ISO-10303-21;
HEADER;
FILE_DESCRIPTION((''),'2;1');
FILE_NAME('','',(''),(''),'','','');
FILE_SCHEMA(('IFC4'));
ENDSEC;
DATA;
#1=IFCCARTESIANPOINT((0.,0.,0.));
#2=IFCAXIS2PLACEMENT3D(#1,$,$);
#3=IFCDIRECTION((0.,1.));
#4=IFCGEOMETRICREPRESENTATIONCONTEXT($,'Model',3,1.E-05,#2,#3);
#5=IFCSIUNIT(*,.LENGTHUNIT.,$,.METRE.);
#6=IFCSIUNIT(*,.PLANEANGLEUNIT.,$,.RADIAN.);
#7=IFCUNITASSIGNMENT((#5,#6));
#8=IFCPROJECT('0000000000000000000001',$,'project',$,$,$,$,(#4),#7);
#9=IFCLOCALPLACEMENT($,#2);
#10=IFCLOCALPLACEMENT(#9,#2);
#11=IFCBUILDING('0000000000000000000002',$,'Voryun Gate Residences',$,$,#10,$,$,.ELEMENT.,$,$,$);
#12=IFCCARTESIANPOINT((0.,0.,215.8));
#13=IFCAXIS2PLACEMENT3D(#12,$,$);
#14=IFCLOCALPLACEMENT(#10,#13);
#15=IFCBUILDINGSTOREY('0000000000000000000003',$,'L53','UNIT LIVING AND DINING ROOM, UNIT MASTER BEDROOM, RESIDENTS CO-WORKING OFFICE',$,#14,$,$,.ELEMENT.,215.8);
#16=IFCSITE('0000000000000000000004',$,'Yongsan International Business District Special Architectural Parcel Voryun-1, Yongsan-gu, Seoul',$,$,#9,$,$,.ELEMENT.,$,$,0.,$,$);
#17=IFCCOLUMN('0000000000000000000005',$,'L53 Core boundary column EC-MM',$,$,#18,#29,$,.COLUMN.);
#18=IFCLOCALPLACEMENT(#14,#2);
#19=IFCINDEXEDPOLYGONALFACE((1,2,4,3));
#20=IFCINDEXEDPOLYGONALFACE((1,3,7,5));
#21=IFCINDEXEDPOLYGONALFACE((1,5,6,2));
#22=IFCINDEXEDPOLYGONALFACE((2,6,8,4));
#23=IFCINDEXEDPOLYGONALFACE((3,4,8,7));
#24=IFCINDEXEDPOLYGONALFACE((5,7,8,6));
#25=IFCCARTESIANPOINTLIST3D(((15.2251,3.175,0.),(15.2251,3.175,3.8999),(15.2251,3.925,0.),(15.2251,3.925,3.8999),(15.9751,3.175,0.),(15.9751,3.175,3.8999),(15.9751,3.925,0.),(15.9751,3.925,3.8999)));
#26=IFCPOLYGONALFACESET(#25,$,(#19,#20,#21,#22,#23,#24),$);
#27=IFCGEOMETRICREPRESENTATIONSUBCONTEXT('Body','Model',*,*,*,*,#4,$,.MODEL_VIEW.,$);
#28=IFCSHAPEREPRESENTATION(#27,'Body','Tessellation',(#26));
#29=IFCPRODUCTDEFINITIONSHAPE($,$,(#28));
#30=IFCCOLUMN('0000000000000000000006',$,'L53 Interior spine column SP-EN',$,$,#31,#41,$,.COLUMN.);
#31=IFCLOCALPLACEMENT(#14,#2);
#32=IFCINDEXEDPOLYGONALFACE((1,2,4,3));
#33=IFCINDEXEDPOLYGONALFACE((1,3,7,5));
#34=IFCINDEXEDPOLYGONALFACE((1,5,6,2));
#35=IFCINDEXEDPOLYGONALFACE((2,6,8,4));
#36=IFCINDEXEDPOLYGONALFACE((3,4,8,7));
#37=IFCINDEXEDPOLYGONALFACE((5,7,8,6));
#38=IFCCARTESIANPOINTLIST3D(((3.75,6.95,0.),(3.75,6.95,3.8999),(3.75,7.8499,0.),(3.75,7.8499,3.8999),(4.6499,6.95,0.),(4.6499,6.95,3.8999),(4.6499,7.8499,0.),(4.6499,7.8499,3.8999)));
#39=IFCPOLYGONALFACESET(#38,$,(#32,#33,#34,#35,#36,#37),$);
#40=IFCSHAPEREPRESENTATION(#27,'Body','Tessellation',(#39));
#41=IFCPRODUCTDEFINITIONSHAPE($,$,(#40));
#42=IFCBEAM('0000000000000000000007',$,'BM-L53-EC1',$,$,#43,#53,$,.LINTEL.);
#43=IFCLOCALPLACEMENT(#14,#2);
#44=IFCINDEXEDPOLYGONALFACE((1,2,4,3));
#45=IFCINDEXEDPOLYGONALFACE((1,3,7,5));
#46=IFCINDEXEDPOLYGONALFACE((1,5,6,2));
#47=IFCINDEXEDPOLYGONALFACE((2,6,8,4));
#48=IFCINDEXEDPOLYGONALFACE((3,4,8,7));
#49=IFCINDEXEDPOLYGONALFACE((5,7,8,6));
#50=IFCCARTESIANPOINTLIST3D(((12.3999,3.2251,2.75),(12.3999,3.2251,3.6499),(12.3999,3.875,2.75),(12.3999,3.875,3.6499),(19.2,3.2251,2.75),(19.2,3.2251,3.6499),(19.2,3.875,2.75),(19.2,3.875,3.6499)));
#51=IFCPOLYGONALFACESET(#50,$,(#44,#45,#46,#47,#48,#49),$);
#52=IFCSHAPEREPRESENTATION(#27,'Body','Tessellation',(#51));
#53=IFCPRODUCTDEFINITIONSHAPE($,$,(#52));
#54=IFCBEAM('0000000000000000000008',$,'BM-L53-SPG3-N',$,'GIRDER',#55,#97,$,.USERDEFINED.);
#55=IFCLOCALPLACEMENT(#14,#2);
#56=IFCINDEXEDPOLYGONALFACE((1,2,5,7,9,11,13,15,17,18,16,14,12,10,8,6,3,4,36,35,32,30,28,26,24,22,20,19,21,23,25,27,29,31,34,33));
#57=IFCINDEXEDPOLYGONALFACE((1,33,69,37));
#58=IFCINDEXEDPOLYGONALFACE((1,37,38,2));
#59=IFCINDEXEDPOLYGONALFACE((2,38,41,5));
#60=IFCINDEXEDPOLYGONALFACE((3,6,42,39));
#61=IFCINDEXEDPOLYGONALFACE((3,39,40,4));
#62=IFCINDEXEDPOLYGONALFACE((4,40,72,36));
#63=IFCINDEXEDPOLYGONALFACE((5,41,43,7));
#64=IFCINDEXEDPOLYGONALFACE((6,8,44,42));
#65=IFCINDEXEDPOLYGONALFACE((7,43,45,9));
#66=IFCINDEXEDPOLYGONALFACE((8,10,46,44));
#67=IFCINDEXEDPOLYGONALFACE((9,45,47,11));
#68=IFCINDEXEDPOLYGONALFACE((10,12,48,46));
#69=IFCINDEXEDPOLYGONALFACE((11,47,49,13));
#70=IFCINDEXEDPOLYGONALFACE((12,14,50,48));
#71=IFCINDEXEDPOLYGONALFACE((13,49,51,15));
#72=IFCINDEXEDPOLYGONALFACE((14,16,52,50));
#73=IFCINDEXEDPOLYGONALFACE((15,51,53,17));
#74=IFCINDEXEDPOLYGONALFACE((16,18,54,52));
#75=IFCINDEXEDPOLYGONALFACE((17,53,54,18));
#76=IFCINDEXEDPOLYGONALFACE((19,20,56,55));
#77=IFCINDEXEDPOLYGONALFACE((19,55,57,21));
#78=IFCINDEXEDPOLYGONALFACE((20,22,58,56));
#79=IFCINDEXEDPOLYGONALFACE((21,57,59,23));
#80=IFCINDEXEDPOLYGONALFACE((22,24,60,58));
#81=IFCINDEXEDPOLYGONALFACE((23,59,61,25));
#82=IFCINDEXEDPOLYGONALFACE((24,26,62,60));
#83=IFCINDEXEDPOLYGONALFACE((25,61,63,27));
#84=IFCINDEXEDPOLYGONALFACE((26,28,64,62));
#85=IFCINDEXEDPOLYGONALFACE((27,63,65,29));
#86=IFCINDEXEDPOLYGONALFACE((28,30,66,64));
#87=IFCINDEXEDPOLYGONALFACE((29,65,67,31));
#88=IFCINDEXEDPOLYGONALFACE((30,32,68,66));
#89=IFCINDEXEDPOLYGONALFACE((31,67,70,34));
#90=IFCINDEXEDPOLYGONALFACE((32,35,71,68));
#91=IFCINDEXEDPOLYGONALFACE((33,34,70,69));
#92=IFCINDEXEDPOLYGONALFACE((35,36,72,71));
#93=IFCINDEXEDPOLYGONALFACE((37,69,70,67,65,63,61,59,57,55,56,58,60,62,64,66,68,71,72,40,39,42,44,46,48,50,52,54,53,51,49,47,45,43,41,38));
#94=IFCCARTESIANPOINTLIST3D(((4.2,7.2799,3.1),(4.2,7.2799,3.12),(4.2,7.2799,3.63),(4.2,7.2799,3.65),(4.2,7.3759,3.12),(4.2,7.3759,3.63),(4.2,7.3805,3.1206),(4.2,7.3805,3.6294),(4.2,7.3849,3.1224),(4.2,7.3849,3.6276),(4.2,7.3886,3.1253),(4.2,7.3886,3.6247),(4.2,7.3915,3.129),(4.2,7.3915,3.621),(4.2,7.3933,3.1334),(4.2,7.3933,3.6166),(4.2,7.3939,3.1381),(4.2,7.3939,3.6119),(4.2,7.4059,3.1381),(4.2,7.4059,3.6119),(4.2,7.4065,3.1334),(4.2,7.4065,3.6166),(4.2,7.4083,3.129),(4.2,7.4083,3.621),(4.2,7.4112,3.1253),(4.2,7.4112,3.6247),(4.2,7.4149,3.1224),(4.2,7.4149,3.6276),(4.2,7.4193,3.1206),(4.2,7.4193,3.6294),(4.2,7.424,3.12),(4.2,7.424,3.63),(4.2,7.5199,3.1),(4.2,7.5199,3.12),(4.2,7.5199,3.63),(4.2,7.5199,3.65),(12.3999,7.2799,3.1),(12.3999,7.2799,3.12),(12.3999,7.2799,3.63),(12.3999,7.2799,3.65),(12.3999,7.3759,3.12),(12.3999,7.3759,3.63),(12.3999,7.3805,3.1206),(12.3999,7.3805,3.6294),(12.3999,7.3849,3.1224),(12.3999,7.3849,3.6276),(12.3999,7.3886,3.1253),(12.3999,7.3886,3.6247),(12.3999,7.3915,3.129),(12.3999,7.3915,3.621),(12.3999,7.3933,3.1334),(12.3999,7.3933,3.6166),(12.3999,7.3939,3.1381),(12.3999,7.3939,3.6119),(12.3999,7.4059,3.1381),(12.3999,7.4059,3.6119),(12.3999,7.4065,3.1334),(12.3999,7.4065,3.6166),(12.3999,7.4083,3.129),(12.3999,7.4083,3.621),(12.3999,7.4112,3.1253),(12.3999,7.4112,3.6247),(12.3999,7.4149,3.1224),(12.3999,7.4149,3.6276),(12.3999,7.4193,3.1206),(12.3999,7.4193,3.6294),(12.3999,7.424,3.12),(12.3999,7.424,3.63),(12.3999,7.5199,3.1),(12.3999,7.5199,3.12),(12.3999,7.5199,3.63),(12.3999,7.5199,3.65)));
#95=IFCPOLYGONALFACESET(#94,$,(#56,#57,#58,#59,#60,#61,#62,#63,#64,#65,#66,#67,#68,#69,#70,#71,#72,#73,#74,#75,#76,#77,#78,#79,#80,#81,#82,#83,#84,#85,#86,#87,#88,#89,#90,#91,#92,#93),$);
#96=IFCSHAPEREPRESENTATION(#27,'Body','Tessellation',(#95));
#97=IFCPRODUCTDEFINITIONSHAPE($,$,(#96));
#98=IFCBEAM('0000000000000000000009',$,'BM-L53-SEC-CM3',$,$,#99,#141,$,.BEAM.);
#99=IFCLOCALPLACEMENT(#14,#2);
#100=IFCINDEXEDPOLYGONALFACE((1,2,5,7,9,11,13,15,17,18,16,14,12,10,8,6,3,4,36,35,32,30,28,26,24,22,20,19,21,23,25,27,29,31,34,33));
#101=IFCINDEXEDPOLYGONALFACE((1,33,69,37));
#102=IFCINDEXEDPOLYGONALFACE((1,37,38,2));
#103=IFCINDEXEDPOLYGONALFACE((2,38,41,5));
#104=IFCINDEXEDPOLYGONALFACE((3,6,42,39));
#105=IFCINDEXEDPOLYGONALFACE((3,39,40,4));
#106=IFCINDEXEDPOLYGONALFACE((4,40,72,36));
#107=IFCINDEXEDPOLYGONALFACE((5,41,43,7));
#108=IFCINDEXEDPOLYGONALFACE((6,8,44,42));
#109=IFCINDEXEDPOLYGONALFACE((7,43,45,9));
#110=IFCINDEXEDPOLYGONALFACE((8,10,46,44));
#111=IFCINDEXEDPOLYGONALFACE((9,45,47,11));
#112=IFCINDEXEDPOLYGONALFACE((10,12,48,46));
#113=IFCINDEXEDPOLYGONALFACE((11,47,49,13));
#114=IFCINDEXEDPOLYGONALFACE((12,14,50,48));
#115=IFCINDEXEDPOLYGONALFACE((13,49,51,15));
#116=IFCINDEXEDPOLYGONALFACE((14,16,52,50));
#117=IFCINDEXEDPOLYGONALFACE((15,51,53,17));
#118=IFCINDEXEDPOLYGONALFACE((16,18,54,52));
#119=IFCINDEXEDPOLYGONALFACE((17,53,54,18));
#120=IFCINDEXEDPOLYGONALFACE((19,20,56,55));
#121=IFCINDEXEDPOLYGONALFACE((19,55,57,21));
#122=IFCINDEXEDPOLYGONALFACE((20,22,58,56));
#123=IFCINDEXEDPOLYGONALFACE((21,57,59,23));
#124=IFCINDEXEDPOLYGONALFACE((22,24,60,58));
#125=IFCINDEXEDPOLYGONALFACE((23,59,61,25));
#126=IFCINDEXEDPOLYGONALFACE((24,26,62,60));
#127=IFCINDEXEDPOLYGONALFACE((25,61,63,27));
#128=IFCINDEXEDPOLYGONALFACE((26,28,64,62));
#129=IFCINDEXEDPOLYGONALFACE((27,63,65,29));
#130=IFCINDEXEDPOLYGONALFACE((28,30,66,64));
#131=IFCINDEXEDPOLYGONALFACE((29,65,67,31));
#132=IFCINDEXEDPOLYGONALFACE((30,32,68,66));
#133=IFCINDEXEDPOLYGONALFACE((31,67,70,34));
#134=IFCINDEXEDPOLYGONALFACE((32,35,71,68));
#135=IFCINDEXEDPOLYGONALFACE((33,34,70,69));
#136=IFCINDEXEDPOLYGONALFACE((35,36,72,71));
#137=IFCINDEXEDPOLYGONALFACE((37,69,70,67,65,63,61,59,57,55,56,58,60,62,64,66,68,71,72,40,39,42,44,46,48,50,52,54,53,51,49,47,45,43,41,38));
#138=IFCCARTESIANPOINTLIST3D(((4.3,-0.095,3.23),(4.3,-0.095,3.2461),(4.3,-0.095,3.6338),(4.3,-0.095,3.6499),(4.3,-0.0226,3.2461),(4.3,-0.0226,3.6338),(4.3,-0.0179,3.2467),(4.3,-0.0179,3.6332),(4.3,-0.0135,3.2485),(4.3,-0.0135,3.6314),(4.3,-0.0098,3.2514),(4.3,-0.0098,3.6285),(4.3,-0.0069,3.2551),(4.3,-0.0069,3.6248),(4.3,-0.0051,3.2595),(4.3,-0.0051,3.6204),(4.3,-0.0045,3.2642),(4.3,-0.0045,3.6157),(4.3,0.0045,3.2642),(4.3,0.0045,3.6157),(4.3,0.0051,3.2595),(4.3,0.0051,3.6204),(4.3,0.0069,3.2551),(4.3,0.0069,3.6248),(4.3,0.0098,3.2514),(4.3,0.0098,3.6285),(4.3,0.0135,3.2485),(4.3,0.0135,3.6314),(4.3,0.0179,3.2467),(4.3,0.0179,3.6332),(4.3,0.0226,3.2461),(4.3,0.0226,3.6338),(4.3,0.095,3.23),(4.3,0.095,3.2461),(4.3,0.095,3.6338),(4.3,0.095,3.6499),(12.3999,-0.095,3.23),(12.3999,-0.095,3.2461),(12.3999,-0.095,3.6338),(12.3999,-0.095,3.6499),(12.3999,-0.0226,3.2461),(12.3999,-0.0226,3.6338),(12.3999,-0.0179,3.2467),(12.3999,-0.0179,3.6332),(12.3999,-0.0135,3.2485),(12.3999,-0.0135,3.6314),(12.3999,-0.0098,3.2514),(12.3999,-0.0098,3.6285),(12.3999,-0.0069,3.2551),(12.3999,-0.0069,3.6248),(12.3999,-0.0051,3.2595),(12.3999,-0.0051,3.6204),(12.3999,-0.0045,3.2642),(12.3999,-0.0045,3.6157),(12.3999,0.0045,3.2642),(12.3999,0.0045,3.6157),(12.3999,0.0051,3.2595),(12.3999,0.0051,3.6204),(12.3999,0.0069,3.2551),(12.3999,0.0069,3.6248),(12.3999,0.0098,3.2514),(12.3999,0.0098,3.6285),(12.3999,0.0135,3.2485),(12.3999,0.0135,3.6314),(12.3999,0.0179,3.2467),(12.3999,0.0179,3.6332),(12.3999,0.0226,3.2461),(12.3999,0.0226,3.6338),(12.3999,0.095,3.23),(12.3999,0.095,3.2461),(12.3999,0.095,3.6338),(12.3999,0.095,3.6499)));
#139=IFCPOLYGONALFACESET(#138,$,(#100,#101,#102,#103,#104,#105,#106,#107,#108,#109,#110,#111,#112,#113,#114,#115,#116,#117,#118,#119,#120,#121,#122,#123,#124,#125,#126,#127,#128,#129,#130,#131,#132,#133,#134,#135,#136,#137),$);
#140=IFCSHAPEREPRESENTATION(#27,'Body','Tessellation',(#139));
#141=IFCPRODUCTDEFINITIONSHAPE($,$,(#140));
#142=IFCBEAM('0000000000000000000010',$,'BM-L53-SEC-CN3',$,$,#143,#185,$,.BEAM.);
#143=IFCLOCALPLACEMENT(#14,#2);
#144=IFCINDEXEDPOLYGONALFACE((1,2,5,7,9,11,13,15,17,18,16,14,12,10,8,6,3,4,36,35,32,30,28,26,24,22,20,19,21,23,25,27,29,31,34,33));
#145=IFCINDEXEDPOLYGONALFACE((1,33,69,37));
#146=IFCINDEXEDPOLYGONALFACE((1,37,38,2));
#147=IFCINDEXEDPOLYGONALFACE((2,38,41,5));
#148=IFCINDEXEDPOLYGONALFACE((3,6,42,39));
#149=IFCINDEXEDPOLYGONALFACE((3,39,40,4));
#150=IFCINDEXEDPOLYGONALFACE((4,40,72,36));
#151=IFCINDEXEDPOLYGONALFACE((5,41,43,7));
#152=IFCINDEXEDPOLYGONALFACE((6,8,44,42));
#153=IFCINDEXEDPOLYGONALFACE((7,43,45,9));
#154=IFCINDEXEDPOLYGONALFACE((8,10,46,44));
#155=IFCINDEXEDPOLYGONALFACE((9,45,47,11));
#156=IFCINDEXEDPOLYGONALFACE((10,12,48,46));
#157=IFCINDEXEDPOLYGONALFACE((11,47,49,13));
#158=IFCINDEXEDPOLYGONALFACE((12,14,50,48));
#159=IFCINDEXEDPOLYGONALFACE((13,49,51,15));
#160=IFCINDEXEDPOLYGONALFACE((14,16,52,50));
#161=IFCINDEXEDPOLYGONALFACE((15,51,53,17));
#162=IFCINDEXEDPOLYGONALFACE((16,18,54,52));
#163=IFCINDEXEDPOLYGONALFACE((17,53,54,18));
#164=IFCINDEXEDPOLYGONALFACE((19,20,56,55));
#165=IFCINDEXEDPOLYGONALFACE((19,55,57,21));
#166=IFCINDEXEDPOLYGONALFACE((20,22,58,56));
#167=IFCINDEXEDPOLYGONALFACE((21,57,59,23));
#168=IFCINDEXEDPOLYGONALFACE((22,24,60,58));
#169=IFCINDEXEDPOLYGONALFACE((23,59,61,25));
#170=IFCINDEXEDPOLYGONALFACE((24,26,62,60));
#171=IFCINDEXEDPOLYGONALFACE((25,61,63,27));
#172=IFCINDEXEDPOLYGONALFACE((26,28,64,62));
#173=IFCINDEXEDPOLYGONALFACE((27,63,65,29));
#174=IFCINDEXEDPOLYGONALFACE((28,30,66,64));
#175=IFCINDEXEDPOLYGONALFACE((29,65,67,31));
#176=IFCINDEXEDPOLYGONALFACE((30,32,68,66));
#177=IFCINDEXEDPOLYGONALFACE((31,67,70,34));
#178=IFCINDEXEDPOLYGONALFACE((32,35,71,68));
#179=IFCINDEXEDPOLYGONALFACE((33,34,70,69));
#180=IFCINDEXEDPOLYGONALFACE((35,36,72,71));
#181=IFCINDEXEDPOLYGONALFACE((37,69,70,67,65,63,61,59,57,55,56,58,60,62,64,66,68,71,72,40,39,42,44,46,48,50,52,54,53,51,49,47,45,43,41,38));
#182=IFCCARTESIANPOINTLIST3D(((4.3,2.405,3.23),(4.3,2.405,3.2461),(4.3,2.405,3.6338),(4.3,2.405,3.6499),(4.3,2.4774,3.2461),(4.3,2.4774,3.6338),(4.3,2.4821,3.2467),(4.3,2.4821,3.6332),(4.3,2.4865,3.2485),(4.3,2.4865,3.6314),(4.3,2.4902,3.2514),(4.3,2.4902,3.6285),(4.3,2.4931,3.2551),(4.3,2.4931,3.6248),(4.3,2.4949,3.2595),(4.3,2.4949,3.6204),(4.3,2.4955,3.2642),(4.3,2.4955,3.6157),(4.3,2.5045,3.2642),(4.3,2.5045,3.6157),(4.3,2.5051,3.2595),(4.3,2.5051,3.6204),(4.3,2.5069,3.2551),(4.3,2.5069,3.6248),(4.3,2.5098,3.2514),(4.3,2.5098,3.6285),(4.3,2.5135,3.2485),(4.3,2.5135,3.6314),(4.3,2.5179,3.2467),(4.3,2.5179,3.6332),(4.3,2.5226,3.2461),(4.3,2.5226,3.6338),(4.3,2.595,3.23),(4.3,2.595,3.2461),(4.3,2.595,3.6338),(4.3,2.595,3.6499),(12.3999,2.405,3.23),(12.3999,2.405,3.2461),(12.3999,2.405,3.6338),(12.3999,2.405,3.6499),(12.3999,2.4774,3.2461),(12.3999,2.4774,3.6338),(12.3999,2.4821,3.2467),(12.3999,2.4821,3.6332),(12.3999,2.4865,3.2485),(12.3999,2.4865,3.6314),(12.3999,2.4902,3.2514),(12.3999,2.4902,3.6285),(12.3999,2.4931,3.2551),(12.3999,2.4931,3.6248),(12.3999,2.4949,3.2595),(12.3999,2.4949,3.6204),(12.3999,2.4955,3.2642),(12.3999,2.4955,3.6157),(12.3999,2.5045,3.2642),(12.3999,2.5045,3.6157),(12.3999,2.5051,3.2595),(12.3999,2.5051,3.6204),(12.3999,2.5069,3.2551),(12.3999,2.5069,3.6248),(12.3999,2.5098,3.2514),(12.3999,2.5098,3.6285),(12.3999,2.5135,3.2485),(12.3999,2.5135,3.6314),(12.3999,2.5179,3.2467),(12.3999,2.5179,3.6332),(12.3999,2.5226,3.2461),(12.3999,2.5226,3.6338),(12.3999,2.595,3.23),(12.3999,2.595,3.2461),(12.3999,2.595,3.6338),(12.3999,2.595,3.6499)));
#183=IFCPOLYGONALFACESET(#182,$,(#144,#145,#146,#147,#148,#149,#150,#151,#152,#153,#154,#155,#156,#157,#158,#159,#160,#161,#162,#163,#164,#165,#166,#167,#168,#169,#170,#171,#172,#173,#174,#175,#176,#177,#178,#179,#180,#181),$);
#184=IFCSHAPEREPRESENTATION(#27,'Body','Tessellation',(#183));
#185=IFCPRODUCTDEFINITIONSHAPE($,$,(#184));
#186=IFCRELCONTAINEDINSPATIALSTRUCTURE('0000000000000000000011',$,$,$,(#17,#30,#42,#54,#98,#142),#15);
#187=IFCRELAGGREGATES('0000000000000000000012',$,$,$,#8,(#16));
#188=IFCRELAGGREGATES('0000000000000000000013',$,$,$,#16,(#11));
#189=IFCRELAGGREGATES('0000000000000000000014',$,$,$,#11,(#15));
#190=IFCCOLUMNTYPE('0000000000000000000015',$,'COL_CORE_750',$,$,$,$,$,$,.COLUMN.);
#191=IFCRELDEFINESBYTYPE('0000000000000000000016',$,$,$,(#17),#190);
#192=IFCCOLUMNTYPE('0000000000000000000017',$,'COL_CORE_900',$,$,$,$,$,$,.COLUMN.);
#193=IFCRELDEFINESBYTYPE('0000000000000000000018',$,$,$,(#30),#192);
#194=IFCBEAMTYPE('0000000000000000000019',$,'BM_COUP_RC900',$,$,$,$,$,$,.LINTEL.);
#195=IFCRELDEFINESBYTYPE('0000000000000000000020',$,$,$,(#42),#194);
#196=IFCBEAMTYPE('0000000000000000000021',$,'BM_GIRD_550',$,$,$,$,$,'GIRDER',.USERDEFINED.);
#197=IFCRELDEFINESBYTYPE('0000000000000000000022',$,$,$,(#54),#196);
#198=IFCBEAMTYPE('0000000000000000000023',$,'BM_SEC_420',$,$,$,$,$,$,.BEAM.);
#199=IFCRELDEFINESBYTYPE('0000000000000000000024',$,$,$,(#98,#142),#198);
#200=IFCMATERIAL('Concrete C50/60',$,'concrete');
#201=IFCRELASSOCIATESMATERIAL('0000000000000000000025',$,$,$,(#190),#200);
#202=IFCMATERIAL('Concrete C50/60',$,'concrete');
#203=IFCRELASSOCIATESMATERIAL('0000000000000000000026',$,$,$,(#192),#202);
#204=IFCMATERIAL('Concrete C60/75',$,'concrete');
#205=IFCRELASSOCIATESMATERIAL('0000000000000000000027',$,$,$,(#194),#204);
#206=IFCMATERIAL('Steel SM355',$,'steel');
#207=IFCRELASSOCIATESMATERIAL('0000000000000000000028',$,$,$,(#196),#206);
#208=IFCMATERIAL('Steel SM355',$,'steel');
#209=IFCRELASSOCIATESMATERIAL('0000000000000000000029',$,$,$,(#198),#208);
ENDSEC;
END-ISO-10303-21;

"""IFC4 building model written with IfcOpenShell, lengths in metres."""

from ifc_helpers import new_model, si_unit, direction, frame, origin, origin_2d, place, context, subcontext, project, spatial, rectangle, i_section, extrude, material, material_profile, profile_set, type_object, element, save


model = new_model("IFC4")

# Units and contexts
model_context = context("Model", 3, precision=1e-05, world=origin(), true_north=direction((0.0, 1.0)))
body_context = subcontext(model_context, "Body", "Model", "MODEL_VIEW")
ifc_project = project(units=[si_unit("LENGTHUNIT", "METRE"), si_unit("PLANEANGLEUNIT", "RADIAN")], contexts=[model_context])

# Site, building, storey
site_placement = place(None, origin())
site = spatial("IfcSite", under=ifc_project, at=site_placement, Name="Yongsan International Business District Special Architectural Parcel Voryun-1, Yongsan-gu, Seoul", CompositionType="ELEMENT", RefElevation=0.0)
building_placement = place(site_placement, origin())
building = spatial("IfcBuilding", under=site, at=building_placement, Name="Voryun Gate Residences", CompositionType="ELEMENT")
storey_placement = place(building_placement, frame((0.0, 0.0, 215.8)))
storey = spatial("IfcBuildingStorey", under=building, at=storey_placement, Name="L53", Description="UNIT LIVING AND DINING ROOM, UNIT MASTER BEDROOM, RESIDENTS CO-WORKING OFFICE", CompositionType="ELEMENT", Elevation=215.8)

# Columns
ifc_material_1 = material(Name="Concrete C50/60", Category="concrete")
ifc_material_profile_1 = material_profile(ifc_material_1, rectangle(XDim=0.75, YDim=0.75, at=origin_2d()), Name="RC-750x750")
ifc_profile_set_1 = profile_set([ifc_material_profile_1], Name="Concrete C50/60")
column_type_1 = type_object("IfcColumnType", Name="COL_CORE_750", PredefinedType="COLUMN", material=ifc_profile_set_1)
column_1_placement = place(storey_placement, frame((15.6001, 3.55, 0.0), z_axis=(0.0, 0.0, 1.0), x_axis=(1.0, 0.0, 0.0)))
element("IfcColumn", 1, at=column_1_placement, inside=storey, type_object=column_type_1, Name="L53 Core boundary column EC-MM", PredefinedType="COLUMN", context=body_context, shape_type="SweptSolid", body=[
    extrude(rectangle(XDim=0.75, YDim=0.75, at=origin_2d()), origin(), (0.0, 0.0, 1.0), 3.8999),
])
ifc_material_2 = material(Name="Concrete C50/60", Category="concrete")
ifc_material_profile_2 = material_profile(ifc_material_2, rectangle(XDim=0.8999, YDim=0.8999, at=origin_2d()), Name="RC-900x900")
ifc_profile_set_2 = profile_set([ifc_material_profile_2], Name="Concrete C50/60")
column_type_2 = type_object("IfcColumnType", Name="COL_CORE_900", PredefinedType="COLUMN", material=ifc_profile_set_2)
column_2_placement = place(storey_placement, frame((4.2, 7.3999, 0.0), z_axis=(0.0, 0.0, 1.0), x_axis=(1.0, 0.0, 0.0)))
element("IfcColumn", 2, at=column_2_placement, inside=storey, type_object=column_type_2, Name="L53 Interior spine column SP-EN", PredefinedType="COLUMN", context=body_context, shape_type="SweptSolid", body=[
    extrude(rectangle(XDim=0.8999, YDim=0.8999, at=origin_2d()), origin(), (0.0, 0.0, 1.0), 3.8999),
])

# Beams
ifc_material_3 = material(Name="Concrete C60/75", Category="concrete")
ifc_material_profile_3 = material_profile(ifc_material_3, rectangle(XDim=0.6499, YDim=0.8999, at=origin_2d()), Name="RC-650x900")
ifc_profile_set_3 = profile_set([ifc_material_profile_3], Name="Concrete C60/75")
beam_type_1 = type_object("IfcBeamType", Name="BM_COUP_RC900", PredefinedType="LINTEL", material=ifc_profile_set_3)
beam_1_placement = place(storey_placement, frame((12.3999, 3.55, 3.2), z_axis=(1.0, 0.0, 0.0), x_axis=(0.0, 1.0, 0.0)))
element("IfcBeam", 3, at=beam_1_placement, inside=storey, type_object=beam_type_1, Name="BM-L53-EC1", PredefinedType="LINTEL", context=body_context, shape_type="SweptSolid", body=[
    extrude(rectangle(XDim=0.6499, YDim=0.8999, at=origin_2d()), origin(), (0.0, 0.0, 1.0), 6.8),
])
ifc_material_4 = material(Name="Steel SM355", Category="steel")
ifc_material_profile_4 = material_profile(ifc_material_4, i_section(OverallWidth=0.24, OverallDepth=0.55, WebThickness=0.012, FlangeThickness=0.02, FilletRadius=0.0181, at=origin_2d()), Name="H-550x240x12x20")
ifc_profile_set_4 = profile_set([ifc_material_profile_4], Name="Steel SM355")
beam_type_2 = type_object("IfcBeamType", Name="BM_GIRD_550", ElementType="GIRDER", PredefinedType="USERDEFINED", material=ifc_profile_set_4)
beam_2_placement = place(storey_placement, frame((4.2, 7.3999, 3.375), z_axis=(1.0, 0.0, 0.0), x_axis=(0.0, 1.0, 0.0)))
element("IfcBeam", 4, at=beam_2_placement, inside=storey, type_object=beam_type_2, Name="BM-L53-SPG3-N", ObjectType="GIRDER", PredefinedType="USERDEFINED", context=body_context, shape_type="SweptSolid", body=[
    extrude(i_section(OverallWidth=0.24, OverallDepth=0.55, WebThickness=0.012, FlangeThickness=0.02, FilletRadius=0.0181, at=origin_2d()), origin(), (0.0, 0.0, 1.0), 8.2),
])
ifc_material_5 = material(Name="Steel SM355", Category="steel")
ifc_material_profile_5 = material_profile(ifc_material_5, i_section(OverallWidth=0.1899, OverallDepth=0.4199, WebThickness=0.009, FlangeThickness=0.0161, FilletRadius=0.0181, at=origin_2d()), Name="H-420x190x9x16")
ifc_profile_set_5 = profile_set([ifc_material_profile_5], Name="Steel SM355")
beam_type_3 = type_object("IfcBeamType", Name="BM_SEC_420", PredefinedType="BEAM", material=ifc_profile_set_5)
for number, where, z_axis, x_axis, name in (
    (5, (4.3, 0.0, 3.4399), (1.0, 0.0, 0.0), (0.0, 1.0, 0.0), "BM-L53-SEC-CM3"),
    (6, (4.3, 2.5, 3.4399), (1.0, 0.0, 0.0), (0.0, 1.0, 0.0), "BM-L53-SEC-CN3"),
):
    element("IfcBeam", number, at=place(storey_placement, frame(where, z_axis=z_axis, x_axis=x_axis)), inside=storey, type_object=beam_type_3, Name=name, PredefinedType="BEAM", context=body_context, shape_type="SweptSolid", body=[
        extrude(i_section(OverallWidth=0.1899, OverallDepth=0.4199, WebThickness=0.009, FlangeThickness=0.0161, FilletRadius=0.0181, at=origin_2d()), origin(), (0.0, 0.0, 1.0), 8.0999),
    ])

save(model, "model.ifc")
